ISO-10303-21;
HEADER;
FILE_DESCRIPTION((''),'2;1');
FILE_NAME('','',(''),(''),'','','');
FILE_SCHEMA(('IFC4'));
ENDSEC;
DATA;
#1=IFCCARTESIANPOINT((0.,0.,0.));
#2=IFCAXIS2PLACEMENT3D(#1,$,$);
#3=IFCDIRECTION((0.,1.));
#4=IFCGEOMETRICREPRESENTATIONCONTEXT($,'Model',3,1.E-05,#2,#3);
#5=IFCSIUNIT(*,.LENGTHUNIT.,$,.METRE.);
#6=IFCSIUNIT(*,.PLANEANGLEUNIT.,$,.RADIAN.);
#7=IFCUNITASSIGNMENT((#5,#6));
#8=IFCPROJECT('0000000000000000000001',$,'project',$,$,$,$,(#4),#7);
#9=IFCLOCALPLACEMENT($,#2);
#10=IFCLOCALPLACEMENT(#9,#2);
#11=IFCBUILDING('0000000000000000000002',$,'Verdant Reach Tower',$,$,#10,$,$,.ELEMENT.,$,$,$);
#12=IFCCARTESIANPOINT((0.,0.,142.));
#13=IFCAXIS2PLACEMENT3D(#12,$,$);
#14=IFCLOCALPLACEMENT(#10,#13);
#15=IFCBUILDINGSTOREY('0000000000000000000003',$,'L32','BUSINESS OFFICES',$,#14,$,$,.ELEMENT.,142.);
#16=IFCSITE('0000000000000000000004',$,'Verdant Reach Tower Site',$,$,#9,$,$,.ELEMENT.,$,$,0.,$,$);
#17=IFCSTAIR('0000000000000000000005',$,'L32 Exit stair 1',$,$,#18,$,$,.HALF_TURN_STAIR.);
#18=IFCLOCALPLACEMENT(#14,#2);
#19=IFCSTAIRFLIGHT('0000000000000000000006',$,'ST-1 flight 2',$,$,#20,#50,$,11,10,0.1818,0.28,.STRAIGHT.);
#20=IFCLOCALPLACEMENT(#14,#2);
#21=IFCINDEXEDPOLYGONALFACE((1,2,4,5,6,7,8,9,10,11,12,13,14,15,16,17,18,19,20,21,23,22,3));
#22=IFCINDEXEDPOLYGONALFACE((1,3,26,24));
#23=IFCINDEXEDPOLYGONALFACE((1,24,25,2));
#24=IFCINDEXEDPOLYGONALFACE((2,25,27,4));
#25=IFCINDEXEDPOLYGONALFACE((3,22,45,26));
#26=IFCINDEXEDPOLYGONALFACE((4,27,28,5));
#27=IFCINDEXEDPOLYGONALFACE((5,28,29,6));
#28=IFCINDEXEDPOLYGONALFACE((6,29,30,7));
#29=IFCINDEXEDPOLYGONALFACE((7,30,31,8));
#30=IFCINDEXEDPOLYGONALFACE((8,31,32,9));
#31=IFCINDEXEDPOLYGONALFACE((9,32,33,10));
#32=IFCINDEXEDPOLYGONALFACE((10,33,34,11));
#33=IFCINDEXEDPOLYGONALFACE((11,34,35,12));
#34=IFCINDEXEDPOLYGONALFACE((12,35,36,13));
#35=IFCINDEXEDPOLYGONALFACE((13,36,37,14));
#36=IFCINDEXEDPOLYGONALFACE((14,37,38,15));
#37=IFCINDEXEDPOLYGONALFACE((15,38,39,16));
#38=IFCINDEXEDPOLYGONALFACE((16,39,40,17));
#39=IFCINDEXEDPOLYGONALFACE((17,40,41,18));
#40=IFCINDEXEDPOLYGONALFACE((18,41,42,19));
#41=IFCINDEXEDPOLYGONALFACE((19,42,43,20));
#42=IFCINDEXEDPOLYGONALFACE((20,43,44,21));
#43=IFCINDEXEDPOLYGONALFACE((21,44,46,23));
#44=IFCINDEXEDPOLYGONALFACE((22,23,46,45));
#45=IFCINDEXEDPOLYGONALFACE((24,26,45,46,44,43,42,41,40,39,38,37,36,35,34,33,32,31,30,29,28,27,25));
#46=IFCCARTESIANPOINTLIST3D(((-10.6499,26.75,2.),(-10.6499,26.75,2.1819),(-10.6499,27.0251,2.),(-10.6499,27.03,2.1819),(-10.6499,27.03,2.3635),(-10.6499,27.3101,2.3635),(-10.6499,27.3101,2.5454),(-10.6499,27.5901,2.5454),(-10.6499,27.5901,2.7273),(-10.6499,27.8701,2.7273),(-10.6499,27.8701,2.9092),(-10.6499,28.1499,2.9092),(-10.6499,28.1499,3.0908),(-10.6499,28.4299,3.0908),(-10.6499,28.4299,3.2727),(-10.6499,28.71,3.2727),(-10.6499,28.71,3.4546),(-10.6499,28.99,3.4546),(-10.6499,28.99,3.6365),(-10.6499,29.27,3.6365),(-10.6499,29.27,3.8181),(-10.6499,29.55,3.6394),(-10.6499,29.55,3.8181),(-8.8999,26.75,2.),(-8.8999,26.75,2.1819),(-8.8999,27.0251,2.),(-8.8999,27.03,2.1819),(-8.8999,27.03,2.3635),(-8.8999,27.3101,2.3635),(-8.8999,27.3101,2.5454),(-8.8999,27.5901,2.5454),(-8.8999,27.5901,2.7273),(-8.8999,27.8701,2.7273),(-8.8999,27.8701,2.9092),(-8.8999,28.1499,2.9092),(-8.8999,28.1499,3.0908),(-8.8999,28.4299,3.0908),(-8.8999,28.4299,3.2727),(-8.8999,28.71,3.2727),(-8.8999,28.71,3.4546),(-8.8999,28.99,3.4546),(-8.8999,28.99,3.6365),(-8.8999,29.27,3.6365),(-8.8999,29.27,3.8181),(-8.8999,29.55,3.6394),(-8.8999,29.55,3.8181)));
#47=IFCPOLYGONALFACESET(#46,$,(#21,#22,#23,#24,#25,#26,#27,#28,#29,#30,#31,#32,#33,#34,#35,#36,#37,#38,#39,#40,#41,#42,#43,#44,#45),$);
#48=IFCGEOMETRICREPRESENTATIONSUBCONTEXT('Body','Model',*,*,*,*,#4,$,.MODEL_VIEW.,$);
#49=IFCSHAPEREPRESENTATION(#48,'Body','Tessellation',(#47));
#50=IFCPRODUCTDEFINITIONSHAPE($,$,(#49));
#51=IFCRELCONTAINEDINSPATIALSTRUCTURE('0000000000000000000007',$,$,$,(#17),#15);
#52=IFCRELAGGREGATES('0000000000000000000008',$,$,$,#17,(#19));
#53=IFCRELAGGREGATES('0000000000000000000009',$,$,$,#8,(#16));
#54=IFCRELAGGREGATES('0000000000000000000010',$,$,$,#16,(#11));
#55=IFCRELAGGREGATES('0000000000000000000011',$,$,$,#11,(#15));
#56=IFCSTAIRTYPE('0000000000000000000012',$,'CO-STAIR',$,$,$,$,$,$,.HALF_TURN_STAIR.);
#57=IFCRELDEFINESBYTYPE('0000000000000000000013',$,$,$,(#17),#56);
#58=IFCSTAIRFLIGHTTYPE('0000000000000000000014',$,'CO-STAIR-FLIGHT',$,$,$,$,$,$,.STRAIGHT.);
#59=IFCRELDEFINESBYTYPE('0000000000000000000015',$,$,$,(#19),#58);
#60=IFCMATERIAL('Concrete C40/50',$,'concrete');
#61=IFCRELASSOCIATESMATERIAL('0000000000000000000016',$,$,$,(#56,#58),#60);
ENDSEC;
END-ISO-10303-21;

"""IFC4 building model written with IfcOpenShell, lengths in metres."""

from ifc_helpers import new_model, si_unit, direction, frame, origin, place, context, subcontext, project, spatial, polyline, outline, extrude, material, type_object, element, aggregate, save


model = new_model("IFC4")

# Units and contexts
model_context = context("Model", 3, precision=1e-05, world=origin(), true_north=direction((0.0, 1.0)))
body_context = subcontext(model_context, "Body", "Model", "MODEL_VIEW")
ifc_project = project(units=[si_unit("LENGTHUNIT", "METRE"), si_unit("PLANEANGLEUNIT", "RADIAN")], contexts=[model_context])

# Site, building, storey
site_placement = place(None, origin())
site = spatial("IfcSite", under=ifc_project, at=site_placement, Name="Verdant Reach Tower Site", CompositionType="ELEMENT", RefElevation=0.0)
building_placement = place(site_placement, origin())
building = spatial("IfcBuilding", under=site, at=building_placement, Name="Verdant Reach Tower", CompositionType="ELEMENT")
storey_placement = place(building_placement, frame((0.0, 0.0, 142.0)))
storey = spatial("IfcBuildingStorey", under=building, at=storey_placement, Name="L32", Description="BUSINESS OFFICES", CompositionType="ELEMENT", Elevation=142.0)

# Shared definitions
ifc_material_1 = material(Name="Concrete C40/50", Category="concrete")

# Stair, stair flight
stair_type = type_object("IfcStairType", Name="CO-STAIR", PredefinedType="HALF_TURN_STAIR", material=ifc_material_1)
stair_placement = place(storey_placement, origin())
stair = element("IfcStair", 1, at=stair_placement, inside=storey, type_object=stair_type, Name="L32 Exit stair 1", PredefinedType="HALF_TURN_STAIR")
stair_flight_type = type_object("IfcStairFlightType", Name="CO-STAIR-FLIGHT", PredefinedType="STRAIGHT", material=ifc_material_1)
stair_flight_1_placement = place(storey_placement, frame((-9.7749, 26.75, 2.0), z_axis=(0.0, 0.0, 1.0), x_axis=(0.0, 1.0, 0.0)))
stair_flight_1 = element("IfcStairFlight", 2, at=stair_flight_1_placement, type_object=stair_flight_type, Name="ST-1 flight 2", NumberOfRisers=11, NumberOfTreads=10, PredefinedType="STRAIGHT", RiserHeight=0.1818, TreadLength=0.28, context=body_context, shape_type="SweptSolid", body=[
    extrude(outline(polyline([(0.0, 0.0), (0.0, 0.1819), (0.28, 0.1819), (0.28, 0.3635), (0.5601, 0.3635), (0.5601, 0.5454), (0.8401, 0.5454), (0.8401, 0.7273), (1.1201, 0.7273), (1.1201, 0.9092), (1.3999, 0.9092), (1.3999, 1.0908), (1.6799, 1.0908), (1.6799, 1.2727), (1.96, 1.2727), (1.96, 1.4546), (2.24, 1.4546), (2.24, 1.6365), (2.52, 1.6365), (2.52, 1.8181), (2.8, 1.8181), (2.8, 2.0), (2.8, 1.6394), (0.2751, 0.0), (0.0, 0.0)])), frame((0.0, 0.875, 0.0), z_axis=(0.0, -1.0, 0.0), x_axis=(1.0, 0.0, 0.0)), (0.0, 0.0, 1.0), 1.75),
])
aggregate(stair, [stair_flight_1])

save(model, "model.ifc")
